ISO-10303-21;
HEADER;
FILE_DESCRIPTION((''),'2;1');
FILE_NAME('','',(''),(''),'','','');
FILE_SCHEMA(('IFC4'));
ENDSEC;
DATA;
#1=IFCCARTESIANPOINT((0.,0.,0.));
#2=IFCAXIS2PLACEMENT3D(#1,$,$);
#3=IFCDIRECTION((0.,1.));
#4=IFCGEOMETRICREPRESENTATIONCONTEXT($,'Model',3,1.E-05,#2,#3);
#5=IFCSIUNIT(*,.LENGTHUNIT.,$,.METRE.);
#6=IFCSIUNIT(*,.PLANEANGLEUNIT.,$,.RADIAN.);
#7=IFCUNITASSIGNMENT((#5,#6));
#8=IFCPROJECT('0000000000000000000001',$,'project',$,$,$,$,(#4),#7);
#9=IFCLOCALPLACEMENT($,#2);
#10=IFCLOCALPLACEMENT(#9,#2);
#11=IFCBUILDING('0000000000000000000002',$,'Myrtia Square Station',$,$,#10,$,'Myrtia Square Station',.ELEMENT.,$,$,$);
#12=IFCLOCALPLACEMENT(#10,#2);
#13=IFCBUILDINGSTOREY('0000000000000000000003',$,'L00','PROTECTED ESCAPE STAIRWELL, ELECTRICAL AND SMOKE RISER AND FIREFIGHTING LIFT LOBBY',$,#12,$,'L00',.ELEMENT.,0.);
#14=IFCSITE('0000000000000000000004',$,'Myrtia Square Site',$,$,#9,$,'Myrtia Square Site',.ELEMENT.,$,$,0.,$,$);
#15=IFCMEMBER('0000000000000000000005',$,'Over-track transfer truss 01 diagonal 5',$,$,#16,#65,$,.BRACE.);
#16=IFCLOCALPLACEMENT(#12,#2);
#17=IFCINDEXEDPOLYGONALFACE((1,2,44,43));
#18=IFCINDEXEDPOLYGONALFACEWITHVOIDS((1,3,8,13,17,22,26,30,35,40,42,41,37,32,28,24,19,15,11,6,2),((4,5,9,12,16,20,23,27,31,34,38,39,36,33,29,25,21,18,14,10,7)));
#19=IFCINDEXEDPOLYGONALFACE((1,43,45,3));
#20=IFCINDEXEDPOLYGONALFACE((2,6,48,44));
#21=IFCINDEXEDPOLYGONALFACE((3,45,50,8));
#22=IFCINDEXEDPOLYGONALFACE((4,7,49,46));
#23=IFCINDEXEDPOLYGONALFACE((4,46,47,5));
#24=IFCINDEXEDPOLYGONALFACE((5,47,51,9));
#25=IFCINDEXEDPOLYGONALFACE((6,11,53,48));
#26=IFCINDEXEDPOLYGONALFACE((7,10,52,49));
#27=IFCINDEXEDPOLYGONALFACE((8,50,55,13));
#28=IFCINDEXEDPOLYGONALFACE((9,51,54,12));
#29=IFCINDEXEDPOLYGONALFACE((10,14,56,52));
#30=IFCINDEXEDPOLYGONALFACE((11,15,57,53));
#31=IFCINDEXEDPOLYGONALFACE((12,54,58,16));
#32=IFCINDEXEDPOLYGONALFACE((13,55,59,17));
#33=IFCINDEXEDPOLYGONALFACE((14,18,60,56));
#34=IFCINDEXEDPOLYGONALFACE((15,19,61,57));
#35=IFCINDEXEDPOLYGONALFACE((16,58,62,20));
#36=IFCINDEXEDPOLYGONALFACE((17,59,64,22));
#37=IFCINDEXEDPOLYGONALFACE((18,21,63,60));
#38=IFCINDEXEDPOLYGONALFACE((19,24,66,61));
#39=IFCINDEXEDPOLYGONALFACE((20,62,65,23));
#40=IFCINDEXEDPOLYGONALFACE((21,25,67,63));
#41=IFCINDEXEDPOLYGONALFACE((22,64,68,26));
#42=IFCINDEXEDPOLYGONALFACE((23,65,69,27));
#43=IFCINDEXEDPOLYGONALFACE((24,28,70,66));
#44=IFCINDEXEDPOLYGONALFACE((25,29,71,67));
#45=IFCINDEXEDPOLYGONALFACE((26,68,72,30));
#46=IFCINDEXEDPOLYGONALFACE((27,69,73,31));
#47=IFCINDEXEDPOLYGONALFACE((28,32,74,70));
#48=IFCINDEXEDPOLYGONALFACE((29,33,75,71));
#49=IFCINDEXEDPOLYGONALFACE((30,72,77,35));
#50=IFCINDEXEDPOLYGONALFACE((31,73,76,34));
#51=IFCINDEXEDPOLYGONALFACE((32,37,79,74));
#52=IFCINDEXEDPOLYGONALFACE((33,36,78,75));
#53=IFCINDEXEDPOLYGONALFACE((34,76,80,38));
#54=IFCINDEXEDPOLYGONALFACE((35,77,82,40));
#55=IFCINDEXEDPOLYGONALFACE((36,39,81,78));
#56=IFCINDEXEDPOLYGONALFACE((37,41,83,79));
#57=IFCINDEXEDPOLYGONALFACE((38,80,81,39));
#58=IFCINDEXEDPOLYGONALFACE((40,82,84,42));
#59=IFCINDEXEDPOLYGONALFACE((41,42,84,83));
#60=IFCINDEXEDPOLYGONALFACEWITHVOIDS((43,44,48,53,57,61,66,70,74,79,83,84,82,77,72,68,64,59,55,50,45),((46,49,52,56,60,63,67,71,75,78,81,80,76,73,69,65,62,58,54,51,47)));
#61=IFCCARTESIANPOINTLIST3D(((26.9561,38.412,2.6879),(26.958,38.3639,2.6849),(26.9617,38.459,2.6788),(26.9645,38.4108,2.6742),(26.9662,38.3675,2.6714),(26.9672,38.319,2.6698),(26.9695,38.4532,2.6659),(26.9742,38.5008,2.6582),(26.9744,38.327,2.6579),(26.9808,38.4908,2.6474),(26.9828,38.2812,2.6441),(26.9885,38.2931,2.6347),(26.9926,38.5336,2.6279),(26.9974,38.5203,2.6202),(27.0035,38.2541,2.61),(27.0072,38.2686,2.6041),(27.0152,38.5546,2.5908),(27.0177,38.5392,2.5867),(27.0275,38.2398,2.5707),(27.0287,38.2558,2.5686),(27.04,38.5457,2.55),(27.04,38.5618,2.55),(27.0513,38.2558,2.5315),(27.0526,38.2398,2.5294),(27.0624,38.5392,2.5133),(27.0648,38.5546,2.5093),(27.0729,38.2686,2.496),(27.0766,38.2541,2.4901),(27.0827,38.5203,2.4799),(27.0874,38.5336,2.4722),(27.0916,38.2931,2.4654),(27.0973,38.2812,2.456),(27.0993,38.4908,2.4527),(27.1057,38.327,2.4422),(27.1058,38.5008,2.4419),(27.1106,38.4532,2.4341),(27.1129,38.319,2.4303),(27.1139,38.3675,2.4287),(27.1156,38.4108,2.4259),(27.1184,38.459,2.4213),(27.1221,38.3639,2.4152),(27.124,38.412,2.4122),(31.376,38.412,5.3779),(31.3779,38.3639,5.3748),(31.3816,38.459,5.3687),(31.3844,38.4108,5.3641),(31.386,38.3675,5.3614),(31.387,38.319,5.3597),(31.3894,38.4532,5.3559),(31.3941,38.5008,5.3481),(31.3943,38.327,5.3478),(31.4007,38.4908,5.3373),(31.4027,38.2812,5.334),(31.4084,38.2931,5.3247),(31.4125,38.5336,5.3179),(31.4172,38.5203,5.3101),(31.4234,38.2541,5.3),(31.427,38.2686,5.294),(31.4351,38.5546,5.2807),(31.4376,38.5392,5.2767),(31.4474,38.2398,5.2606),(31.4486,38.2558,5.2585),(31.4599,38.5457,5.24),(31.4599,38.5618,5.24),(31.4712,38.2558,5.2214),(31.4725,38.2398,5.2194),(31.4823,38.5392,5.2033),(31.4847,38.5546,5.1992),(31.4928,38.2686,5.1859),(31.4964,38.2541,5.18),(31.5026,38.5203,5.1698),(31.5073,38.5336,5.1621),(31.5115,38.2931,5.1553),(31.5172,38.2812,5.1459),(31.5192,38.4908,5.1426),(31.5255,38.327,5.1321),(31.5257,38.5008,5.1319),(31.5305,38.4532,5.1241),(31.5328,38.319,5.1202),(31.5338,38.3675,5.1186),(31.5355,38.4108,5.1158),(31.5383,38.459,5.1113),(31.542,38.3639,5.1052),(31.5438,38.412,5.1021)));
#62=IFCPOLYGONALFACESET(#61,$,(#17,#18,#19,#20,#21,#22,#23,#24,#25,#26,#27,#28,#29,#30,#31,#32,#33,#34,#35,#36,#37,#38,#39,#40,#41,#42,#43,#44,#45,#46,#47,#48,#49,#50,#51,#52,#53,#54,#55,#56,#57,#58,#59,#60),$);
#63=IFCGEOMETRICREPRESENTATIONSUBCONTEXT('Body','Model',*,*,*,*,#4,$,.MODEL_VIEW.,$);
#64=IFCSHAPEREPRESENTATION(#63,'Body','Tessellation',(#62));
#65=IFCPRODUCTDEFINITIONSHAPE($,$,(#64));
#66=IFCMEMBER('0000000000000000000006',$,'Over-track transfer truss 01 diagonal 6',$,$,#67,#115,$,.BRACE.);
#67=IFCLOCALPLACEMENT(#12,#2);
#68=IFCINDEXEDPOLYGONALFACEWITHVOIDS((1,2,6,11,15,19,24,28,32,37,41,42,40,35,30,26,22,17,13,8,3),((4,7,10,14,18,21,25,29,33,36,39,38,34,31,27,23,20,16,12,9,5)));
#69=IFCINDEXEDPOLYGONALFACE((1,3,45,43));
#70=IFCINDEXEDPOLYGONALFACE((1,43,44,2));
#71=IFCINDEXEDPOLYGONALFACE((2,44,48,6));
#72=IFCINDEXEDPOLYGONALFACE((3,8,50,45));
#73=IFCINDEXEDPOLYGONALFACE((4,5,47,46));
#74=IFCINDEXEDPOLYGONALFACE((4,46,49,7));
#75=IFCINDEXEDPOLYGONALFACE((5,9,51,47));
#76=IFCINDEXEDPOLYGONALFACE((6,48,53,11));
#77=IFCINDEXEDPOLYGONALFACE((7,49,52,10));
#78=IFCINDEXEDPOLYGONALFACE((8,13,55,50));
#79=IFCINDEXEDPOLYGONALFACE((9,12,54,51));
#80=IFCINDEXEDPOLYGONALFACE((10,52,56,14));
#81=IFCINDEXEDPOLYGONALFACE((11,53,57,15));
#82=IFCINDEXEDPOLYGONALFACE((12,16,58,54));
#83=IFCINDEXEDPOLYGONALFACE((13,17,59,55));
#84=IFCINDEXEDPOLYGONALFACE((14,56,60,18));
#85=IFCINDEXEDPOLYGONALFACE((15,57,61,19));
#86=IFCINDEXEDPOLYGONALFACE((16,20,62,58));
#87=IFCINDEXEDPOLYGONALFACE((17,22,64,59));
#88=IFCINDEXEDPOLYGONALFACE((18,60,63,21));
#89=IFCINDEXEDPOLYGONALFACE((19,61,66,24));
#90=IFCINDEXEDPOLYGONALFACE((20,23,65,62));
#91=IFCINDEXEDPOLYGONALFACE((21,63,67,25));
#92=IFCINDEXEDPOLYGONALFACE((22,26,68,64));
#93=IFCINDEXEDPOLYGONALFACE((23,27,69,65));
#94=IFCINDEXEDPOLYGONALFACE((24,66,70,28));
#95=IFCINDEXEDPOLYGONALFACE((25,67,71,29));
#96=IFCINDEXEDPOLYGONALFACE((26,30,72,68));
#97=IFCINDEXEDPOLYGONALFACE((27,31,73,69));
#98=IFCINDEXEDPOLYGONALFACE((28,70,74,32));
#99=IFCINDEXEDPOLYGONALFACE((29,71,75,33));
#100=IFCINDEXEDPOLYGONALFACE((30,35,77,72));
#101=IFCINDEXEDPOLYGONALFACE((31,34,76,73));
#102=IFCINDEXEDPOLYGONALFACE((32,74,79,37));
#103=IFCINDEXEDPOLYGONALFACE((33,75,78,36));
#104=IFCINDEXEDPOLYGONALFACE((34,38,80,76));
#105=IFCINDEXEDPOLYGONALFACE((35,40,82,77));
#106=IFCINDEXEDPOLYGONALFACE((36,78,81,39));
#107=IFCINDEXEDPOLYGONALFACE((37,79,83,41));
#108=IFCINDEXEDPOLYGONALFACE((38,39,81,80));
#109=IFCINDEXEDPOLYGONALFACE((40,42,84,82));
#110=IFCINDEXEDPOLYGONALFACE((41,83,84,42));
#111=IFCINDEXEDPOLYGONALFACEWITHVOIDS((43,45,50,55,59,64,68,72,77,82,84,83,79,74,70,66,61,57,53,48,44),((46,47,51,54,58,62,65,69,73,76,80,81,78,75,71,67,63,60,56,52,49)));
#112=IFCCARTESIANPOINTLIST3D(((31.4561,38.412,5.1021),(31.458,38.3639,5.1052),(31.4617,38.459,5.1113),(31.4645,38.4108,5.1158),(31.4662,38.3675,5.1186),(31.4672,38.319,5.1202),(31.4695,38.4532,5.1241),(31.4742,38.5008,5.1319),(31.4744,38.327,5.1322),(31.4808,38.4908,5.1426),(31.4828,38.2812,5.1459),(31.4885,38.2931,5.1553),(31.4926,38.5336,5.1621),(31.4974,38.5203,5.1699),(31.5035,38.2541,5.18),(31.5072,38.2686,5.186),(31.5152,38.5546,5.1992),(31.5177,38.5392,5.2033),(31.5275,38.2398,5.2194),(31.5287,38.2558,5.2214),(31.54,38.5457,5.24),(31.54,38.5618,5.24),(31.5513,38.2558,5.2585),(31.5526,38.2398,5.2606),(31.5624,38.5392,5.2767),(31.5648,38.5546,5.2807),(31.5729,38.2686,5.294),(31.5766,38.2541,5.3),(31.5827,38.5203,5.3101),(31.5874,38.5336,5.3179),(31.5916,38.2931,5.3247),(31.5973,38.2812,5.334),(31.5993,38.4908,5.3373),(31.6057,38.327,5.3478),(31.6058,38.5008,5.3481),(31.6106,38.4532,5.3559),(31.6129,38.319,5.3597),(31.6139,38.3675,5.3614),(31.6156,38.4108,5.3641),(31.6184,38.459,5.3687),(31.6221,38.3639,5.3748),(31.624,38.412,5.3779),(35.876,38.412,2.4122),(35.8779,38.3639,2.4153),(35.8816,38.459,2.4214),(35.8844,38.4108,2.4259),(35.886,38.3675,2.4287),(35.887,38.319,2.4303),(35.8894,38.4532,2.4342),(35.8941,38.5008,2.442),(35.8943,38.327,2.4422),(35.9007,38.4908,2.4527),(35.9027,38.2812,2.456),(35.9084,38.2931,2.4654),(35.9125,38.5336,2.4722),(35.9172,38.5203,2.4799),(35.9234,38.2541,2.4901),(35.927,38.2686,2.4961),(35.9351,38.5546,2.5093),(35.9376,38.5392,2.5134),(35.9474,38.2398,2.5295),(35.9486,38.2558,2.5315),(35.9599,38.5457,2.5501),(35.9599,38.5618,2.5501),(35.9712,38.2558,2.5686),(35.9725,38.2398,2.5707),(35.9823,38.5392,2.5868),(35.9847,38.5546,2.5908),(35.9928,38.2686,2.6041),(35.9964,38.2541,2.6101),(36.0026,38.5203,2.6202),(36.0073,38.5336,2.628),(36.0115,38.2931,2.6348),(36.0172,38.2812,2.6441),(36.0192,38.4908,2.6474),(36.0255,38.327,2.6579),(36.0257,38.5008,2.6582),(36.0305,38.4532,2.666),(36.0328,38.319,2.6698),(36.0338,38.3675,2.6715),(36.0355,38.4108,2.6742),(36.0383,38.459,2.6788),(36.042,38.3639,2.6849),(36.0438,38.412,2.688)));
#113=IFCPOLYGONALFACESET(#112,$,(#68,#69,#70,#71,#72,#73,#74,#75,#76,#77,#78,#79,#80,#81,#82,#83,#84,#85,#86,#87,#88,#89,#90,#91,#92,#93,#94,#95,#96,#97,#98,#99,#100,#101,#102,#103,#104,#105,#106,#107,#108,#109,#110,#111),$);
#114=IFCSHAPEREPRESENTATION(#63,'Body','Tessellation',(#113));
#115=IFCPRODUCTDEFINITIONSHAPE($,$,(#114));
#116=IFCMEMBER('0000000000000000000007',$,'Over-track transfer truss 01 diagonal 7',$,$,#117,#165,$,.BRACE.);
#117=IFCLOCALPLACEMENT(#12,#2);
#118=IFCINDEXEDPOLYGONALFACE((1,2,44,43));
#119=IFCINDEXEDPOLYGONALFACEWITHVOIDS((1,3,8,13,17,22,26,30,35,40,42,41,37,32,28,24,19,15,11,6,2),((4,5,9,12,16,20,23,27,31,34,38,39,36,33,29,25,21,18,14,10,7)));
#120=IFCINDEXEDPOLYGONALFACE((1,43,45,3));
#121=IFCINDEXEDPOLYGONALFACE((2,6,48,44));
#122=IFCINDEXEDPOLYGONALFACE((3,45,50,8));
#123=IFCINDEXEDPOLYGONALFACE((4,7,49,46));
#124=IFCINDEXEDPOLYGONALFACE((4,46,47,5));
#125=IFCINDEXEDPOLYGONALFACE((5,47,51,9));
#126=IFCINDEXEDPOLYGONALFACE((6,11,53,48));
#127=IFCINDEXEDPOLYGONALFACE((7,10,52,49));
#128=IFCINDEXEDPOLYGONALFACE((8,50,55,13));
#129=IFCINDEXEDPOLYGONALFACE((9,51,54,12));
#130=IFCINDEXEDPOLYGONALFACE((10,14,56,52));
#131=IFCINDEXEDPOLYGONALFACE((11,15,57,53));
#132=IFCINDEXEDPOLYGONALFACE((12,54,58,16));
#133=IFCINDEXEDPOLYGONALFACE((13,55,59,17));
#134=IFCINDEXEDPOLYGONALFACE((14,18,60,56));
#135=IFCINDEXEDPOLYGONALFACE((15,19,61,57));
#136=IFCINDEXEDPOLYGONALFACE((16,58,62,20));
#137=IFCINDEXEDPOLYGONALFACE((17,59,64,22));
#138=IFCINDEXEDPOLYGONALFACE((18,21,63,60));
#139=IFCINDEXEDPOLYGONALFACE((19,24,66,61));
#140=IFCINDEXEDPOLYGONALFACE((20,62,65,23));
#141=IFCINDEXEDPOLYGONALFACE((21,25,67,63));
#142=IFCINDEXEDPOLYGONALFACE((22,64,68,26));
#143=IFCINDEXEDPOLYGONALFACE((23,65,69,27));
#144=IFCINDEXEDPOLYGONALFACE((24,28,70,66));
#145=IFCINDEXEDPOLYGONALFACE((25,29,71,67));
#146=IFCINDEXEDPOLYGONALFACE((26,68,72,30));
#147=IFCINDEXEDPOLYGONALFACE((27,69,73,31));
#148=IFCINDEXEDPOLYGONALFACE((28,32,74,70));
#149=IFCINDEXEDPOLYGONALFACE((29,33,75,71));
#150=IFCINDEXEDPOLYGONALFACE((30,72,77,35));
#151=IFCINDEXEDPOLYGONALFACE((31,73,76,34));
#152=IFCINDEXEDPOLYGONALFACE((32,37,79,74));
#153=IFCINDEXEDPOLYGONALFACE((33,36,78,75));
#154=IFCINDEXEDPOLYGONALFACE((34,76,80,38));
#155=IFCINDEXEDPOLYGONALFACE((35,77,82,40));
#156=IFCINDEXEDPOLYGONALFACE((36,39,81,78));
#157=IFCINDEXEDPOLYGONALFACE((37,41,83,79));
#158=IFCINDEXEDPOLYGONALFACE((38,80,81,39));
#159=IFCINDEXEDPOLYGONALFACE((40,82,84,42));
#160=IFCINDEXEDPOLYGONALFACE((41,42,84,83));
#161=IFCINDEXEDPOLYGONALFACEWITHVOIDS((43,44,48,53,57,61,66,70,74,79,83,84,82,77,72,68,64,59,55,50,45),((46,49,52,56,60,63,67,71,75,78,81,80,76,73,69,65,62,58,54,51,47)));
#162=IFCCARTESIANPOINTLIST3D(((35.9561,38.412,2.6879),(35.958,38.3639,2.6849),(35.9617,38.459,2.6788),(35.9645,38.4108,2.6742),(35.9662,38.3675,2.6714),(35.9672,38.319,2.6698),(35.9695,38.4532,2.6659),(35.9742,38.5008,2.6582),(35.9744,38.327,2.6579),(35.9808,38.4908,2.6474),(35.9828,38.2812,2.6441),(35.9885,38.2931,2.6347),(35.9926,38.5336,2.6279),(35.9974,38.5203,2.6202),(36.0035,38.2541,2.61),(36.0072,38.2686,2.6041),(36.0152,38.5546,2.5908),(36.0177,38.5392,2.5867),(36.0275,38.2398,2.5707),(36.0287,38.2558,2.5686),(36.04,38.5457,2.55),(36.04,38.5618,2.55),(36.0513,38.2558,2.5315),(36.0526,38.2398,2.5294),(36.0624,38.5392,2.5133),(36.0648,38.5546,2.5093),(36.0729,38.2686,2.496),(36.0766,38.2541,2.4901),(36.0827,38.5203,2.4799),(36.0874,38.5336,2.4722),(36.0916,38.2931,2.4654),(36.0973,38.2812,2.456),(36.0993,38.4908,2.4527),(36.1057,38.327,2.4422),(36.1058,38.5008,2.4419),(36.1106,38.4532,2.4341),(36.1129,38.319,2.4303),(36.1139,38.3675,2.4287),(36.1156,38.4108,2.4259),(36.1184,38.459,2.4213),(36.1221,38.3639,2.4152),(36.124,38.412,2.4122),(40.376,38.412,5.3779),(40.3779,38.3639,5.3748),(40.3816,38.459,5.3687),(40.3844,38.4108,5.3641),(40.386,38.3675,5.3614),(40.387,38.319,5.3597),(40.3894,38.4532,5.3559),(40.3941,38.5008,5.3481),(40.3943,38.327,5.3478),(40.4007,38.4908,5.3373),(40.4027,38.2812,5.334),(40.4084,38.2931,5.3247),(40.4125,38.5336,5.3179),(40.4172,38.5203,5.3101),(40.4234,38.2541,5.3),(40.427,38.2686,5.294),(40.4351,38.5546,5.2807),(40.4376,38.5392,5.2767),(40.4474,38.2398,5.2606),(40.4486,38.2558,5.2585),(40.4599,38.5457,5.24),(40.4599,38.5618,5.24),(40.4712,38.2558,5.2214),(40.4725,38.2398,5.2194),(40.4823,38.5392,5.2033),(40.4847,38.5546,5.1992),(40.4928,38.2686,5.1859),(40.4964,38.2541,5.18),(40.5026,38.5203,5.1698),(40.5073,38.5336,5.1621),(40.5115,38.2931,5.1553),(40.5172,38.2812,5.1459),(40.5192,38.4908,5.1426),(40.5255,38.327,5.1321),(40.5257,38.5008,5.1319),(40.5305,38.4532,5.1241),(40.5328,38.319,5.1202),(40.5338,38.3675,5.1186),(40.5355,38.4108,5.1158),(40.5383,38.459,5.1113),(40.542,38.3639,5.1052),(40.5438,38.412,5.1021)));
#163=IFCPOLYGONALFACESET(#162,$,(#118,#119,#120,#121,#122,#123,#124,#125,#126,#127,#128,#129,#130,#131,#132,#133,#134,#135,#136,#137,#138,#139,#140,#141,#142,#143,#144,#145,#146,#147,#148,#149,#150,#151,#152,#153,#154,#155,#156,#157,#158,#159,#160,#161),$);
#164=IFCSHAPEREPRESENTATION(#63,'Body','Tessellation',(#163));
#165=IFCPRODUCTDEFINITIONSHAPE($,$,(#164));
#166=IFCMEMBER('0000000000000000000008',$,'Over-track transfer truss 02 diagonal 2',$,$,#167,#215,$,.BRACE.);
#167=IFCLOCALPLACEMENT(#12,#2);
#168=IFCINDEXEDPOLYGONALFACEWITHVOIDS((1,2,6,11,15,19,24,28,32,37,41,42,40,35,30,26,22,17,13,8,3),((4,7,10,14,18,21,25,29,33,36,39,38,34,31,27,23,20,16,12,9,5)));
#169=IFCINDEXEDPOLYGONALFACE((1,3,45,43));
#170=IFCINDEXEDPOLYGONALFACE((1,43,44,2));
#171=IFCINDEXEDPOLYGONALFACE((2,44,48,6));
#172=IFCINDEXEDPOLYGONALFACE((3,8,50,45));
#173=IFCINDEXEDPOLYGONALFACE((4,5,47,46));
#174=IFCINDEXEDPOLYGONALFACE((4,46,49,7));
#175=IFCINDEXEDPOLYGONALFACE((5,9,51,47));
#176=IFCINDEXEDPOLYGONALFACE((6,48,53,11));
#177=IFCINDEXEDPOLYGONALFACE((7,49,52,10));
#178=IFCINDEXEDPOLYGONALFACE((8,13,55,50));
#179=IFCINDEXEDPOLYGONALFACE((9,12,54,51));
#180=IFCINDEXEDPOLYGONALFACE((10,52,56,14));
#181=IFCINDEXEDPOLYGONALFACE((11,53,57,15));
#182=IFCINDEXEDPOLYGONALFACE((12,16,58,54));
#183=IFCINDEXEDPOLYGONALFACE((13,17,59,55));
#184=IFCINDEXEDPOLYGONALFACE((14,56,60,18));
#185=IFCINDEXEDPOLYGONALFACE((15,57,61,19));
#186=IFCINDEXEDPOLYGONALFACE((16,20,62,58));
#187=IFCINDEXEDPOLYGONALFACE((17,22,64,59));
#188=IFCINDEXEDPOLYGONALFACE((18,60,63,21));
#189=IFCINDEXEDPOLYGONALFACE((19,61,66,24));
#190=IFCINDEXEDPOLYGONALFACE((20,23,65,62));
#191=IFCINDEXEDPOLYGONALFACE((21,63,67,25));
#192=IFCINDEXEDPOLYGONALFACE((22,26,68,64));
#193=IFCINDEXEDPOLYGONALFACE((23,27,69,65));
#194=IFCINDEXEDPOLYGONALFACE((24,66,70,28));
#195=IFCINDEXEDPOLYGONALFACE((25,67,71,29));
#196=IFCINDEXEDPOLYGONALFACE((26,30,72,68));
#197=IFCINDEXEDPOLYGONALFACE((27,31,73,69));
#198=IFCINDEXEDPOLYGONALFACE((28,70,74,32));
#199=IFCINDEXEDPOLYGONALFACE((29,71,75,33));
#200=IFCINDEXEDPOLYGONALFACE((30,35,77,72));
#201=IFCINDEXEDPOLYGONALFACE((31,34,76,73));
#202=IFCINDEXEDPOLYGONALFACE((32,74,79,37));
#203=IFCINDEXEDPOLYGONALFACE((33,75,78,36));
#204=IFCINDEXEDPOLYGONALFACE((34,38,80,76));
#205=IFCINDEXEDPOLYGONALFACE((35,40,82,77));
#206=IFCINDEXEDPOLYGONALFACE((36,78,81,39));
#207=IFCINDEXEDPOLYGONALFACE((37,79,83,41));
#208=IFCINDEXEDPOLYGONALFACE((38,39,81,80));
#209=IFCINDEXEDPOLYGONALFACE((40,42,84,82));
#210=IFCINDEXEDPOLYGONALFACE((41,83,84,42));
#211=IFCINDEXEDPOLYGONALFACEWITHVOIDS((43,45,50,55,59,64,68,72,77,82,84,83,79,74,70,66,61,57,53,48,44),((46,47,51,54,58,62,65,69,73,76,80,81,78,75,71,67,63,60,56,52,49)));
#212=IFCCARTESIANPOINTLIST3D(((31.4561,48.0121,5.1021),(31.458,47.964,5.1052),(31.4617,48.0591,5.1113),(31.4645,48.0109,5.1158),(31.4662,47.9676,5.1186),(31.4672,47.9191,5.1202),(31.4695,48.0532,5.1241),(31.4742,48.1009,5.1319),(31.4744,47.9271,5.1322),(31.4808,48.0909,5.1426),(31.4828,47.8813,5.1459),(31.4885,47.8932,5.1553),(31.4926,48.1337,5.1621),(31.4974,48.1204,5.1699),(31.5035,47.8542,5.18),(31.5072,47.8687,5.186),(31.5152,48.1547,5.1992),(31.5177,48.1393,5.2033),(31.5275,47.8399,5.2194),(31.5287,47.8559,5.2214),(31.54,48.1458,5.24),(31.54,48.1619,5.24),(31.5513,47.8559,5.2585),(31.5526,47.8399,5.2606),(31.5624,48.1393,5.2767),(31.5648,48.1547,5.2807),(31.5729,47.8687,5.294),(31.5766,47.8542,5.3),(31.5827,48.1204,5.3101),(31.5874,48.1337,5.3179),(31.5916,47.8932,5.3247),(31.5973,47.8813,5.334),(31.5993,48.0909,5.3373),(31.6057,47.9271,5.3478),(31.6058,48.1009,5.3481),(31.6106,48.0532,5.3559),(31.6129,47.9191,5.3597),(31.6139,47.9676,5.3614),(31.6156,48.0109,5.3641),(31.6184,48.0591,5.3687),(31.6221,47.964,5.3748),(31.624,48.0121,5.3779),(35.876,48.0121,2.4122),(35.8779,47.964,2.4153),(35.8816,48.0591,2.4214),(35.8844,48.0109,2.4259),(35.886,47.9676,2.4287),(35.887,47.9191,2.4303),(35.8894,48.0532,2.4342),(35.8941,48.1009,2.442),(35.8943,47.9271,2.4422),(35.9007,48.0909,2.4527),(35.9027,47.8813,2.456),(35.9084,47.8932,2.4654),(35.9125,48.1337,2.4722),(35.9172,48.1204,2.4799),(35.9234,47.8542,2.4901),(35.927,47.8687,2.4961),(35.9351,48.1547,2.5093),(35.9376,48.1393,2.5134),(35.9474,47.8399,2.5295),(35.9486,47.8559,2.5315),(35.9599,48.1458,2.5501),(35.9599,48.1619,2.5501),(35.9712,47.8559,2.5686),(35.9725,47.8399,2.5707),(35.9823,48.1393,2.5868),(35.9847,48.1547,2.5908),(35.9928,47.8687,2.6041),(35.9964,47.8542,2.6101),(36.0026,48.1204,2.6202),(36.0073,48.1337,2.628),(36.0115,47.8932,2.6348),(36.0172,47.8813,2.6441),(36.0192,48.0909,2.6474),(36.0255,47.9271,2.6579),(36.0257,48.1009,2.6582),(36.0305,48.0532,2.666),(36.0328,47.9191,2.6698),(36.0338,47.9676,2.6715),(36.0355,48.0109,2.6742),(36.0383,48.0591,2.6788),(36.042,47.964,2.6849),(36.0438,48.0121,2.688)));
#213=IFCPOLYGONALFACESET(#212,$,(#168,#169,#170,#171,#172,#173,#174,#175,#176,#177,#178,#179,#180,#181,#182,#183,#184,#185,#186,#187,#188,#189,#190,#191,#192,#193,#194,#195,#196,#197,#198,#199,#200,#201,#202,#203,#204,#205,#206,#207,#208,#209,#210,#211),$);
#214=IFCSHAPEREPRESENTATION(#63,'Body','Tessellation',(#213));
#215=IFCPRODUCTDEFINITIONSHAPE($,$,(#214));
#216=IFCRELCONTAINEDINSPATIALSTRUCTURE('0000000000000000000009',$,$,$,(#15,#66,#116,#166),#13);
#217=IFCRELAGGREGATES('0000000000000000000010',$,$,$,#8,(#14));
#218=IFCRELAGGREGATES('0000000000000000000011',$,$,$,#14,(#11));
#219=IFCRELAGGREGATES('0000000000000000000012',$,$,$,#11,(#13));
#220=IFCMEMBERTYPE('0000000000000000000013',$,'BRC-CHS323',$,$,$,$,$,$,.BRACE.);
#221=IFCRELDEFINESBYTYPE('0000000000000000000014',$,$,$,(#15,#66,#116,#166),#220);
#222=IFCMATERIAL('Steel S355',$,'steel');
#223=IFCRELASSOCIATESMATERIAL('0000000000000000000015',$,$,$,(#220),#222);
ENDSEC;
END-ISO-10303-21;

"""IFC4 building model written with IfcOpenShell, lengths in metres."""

from ifc_helpers import new_model, si_unit, direction, frame, origin, origin_2d, place, context, subcontext, project, spatial, hollow_circle, extrude, material, material_profile, profile_set, type_object, element, save


model = new_model("IFC4")

# Units and contexts
model_context = context("Model", 3, precision=1e-05, world=origin(), true_north=direction((0.0, 1.0)))
body_context = subcontext(model_context, "Body", "Model", "MODEL_VIEW")
ifc_project = project(units=[si_unit("LENGTHUNIT", "METRE"), si_unit("PLANEANGLEUNIT", "RADIAN")], contexts=[model_context])

# Site, building, storey
site_placement = place(None, origin())
site = spatial("IfcSite", under=ifc_project, at=site_placement, Name="Myrtia Square Site", LongName="Myrtia Square Site", CompositionType="ELEMENT", RefElevation=0.0)
building_placement = place(site_placement, origin())
building = spatial("IfcBuilding", under=site, at=building_placement, Name="Myrtia Square Station", LongName="Myrtia Square Station", CompositionType="ELEMENT")
storey_placement = place(building_placement, origin())
storey = spatial("IfcBuildingStorey", under=building, at=storey_placement, Name="L00", Description="PROTECTED ESCAPE STAIRWELL, ELECTRICAL AND SMOKE RISER AND FIREFIGHTING LIFT LOBBY", LongName="L00", CompositionType="ELEMENT", Elevation=0.0)

# Members
ifc_material_1 = material(Name="Steel S355", Category="steel")
ifc_material_profile_1 = material_profile(ifc_material_1, hollow_circle(Radius=0.1619, WallThickness=0.0161, at=origin_2d()), Name="CHS 323.9x16")
ifc_profile_set_1 = profile_set([ifc_material_profile_1], Name="Steel S355")
member_type_1 = type_object("IfcMemberType", Name="BRC-CHS323", PredefinedType="BRACE", material=ifc_profile_set_1)
for number, where, z_axis, x_axis, name in (
    (1, (27.04, 38.3999, 2.55), (0.854237, 0.0, 0.519884), (0.0, 1.0, 0.0), "Over-track transfer truss 01 diagonal 5"),
    (2, (31.54, 38.3999, 5.24), (0.854237, 0.0, -0.519884), (0.0, 1.0, 0.0), "Over-track transfer truss 01 diagonal 6"),
    (3, (36.04, 38.3999, 2.55), (0.854237, 0.0, 0.519884), (0.0, 1.0, 0.0), "Over-track transfer truss 01 diagonal 7"),
    (4, (31.54, 48.0, 5.24), (0.854237, 0.0, -0.519884), (0.0, 1.0, 0.0), "Over-track transfer truss 02 diagonal 2"),
):
    element("IfcMember", number, at=place(storey_placement, frame(where, z_axis=z_axis, x_axis=x_axis)), inside=storey, type_object=member_type_1, Name=name, PredefinedType="BRACE", context=body_context, shape_type="SweptSolid", body=[
        extrude(hollow_circle(Radius=0.1619, WallThickness=0.0161, at=origin_2d()), origin(), (0.0, 0.0, 1.0), 5.1741),
    ])

save(model, "model.ifc")
